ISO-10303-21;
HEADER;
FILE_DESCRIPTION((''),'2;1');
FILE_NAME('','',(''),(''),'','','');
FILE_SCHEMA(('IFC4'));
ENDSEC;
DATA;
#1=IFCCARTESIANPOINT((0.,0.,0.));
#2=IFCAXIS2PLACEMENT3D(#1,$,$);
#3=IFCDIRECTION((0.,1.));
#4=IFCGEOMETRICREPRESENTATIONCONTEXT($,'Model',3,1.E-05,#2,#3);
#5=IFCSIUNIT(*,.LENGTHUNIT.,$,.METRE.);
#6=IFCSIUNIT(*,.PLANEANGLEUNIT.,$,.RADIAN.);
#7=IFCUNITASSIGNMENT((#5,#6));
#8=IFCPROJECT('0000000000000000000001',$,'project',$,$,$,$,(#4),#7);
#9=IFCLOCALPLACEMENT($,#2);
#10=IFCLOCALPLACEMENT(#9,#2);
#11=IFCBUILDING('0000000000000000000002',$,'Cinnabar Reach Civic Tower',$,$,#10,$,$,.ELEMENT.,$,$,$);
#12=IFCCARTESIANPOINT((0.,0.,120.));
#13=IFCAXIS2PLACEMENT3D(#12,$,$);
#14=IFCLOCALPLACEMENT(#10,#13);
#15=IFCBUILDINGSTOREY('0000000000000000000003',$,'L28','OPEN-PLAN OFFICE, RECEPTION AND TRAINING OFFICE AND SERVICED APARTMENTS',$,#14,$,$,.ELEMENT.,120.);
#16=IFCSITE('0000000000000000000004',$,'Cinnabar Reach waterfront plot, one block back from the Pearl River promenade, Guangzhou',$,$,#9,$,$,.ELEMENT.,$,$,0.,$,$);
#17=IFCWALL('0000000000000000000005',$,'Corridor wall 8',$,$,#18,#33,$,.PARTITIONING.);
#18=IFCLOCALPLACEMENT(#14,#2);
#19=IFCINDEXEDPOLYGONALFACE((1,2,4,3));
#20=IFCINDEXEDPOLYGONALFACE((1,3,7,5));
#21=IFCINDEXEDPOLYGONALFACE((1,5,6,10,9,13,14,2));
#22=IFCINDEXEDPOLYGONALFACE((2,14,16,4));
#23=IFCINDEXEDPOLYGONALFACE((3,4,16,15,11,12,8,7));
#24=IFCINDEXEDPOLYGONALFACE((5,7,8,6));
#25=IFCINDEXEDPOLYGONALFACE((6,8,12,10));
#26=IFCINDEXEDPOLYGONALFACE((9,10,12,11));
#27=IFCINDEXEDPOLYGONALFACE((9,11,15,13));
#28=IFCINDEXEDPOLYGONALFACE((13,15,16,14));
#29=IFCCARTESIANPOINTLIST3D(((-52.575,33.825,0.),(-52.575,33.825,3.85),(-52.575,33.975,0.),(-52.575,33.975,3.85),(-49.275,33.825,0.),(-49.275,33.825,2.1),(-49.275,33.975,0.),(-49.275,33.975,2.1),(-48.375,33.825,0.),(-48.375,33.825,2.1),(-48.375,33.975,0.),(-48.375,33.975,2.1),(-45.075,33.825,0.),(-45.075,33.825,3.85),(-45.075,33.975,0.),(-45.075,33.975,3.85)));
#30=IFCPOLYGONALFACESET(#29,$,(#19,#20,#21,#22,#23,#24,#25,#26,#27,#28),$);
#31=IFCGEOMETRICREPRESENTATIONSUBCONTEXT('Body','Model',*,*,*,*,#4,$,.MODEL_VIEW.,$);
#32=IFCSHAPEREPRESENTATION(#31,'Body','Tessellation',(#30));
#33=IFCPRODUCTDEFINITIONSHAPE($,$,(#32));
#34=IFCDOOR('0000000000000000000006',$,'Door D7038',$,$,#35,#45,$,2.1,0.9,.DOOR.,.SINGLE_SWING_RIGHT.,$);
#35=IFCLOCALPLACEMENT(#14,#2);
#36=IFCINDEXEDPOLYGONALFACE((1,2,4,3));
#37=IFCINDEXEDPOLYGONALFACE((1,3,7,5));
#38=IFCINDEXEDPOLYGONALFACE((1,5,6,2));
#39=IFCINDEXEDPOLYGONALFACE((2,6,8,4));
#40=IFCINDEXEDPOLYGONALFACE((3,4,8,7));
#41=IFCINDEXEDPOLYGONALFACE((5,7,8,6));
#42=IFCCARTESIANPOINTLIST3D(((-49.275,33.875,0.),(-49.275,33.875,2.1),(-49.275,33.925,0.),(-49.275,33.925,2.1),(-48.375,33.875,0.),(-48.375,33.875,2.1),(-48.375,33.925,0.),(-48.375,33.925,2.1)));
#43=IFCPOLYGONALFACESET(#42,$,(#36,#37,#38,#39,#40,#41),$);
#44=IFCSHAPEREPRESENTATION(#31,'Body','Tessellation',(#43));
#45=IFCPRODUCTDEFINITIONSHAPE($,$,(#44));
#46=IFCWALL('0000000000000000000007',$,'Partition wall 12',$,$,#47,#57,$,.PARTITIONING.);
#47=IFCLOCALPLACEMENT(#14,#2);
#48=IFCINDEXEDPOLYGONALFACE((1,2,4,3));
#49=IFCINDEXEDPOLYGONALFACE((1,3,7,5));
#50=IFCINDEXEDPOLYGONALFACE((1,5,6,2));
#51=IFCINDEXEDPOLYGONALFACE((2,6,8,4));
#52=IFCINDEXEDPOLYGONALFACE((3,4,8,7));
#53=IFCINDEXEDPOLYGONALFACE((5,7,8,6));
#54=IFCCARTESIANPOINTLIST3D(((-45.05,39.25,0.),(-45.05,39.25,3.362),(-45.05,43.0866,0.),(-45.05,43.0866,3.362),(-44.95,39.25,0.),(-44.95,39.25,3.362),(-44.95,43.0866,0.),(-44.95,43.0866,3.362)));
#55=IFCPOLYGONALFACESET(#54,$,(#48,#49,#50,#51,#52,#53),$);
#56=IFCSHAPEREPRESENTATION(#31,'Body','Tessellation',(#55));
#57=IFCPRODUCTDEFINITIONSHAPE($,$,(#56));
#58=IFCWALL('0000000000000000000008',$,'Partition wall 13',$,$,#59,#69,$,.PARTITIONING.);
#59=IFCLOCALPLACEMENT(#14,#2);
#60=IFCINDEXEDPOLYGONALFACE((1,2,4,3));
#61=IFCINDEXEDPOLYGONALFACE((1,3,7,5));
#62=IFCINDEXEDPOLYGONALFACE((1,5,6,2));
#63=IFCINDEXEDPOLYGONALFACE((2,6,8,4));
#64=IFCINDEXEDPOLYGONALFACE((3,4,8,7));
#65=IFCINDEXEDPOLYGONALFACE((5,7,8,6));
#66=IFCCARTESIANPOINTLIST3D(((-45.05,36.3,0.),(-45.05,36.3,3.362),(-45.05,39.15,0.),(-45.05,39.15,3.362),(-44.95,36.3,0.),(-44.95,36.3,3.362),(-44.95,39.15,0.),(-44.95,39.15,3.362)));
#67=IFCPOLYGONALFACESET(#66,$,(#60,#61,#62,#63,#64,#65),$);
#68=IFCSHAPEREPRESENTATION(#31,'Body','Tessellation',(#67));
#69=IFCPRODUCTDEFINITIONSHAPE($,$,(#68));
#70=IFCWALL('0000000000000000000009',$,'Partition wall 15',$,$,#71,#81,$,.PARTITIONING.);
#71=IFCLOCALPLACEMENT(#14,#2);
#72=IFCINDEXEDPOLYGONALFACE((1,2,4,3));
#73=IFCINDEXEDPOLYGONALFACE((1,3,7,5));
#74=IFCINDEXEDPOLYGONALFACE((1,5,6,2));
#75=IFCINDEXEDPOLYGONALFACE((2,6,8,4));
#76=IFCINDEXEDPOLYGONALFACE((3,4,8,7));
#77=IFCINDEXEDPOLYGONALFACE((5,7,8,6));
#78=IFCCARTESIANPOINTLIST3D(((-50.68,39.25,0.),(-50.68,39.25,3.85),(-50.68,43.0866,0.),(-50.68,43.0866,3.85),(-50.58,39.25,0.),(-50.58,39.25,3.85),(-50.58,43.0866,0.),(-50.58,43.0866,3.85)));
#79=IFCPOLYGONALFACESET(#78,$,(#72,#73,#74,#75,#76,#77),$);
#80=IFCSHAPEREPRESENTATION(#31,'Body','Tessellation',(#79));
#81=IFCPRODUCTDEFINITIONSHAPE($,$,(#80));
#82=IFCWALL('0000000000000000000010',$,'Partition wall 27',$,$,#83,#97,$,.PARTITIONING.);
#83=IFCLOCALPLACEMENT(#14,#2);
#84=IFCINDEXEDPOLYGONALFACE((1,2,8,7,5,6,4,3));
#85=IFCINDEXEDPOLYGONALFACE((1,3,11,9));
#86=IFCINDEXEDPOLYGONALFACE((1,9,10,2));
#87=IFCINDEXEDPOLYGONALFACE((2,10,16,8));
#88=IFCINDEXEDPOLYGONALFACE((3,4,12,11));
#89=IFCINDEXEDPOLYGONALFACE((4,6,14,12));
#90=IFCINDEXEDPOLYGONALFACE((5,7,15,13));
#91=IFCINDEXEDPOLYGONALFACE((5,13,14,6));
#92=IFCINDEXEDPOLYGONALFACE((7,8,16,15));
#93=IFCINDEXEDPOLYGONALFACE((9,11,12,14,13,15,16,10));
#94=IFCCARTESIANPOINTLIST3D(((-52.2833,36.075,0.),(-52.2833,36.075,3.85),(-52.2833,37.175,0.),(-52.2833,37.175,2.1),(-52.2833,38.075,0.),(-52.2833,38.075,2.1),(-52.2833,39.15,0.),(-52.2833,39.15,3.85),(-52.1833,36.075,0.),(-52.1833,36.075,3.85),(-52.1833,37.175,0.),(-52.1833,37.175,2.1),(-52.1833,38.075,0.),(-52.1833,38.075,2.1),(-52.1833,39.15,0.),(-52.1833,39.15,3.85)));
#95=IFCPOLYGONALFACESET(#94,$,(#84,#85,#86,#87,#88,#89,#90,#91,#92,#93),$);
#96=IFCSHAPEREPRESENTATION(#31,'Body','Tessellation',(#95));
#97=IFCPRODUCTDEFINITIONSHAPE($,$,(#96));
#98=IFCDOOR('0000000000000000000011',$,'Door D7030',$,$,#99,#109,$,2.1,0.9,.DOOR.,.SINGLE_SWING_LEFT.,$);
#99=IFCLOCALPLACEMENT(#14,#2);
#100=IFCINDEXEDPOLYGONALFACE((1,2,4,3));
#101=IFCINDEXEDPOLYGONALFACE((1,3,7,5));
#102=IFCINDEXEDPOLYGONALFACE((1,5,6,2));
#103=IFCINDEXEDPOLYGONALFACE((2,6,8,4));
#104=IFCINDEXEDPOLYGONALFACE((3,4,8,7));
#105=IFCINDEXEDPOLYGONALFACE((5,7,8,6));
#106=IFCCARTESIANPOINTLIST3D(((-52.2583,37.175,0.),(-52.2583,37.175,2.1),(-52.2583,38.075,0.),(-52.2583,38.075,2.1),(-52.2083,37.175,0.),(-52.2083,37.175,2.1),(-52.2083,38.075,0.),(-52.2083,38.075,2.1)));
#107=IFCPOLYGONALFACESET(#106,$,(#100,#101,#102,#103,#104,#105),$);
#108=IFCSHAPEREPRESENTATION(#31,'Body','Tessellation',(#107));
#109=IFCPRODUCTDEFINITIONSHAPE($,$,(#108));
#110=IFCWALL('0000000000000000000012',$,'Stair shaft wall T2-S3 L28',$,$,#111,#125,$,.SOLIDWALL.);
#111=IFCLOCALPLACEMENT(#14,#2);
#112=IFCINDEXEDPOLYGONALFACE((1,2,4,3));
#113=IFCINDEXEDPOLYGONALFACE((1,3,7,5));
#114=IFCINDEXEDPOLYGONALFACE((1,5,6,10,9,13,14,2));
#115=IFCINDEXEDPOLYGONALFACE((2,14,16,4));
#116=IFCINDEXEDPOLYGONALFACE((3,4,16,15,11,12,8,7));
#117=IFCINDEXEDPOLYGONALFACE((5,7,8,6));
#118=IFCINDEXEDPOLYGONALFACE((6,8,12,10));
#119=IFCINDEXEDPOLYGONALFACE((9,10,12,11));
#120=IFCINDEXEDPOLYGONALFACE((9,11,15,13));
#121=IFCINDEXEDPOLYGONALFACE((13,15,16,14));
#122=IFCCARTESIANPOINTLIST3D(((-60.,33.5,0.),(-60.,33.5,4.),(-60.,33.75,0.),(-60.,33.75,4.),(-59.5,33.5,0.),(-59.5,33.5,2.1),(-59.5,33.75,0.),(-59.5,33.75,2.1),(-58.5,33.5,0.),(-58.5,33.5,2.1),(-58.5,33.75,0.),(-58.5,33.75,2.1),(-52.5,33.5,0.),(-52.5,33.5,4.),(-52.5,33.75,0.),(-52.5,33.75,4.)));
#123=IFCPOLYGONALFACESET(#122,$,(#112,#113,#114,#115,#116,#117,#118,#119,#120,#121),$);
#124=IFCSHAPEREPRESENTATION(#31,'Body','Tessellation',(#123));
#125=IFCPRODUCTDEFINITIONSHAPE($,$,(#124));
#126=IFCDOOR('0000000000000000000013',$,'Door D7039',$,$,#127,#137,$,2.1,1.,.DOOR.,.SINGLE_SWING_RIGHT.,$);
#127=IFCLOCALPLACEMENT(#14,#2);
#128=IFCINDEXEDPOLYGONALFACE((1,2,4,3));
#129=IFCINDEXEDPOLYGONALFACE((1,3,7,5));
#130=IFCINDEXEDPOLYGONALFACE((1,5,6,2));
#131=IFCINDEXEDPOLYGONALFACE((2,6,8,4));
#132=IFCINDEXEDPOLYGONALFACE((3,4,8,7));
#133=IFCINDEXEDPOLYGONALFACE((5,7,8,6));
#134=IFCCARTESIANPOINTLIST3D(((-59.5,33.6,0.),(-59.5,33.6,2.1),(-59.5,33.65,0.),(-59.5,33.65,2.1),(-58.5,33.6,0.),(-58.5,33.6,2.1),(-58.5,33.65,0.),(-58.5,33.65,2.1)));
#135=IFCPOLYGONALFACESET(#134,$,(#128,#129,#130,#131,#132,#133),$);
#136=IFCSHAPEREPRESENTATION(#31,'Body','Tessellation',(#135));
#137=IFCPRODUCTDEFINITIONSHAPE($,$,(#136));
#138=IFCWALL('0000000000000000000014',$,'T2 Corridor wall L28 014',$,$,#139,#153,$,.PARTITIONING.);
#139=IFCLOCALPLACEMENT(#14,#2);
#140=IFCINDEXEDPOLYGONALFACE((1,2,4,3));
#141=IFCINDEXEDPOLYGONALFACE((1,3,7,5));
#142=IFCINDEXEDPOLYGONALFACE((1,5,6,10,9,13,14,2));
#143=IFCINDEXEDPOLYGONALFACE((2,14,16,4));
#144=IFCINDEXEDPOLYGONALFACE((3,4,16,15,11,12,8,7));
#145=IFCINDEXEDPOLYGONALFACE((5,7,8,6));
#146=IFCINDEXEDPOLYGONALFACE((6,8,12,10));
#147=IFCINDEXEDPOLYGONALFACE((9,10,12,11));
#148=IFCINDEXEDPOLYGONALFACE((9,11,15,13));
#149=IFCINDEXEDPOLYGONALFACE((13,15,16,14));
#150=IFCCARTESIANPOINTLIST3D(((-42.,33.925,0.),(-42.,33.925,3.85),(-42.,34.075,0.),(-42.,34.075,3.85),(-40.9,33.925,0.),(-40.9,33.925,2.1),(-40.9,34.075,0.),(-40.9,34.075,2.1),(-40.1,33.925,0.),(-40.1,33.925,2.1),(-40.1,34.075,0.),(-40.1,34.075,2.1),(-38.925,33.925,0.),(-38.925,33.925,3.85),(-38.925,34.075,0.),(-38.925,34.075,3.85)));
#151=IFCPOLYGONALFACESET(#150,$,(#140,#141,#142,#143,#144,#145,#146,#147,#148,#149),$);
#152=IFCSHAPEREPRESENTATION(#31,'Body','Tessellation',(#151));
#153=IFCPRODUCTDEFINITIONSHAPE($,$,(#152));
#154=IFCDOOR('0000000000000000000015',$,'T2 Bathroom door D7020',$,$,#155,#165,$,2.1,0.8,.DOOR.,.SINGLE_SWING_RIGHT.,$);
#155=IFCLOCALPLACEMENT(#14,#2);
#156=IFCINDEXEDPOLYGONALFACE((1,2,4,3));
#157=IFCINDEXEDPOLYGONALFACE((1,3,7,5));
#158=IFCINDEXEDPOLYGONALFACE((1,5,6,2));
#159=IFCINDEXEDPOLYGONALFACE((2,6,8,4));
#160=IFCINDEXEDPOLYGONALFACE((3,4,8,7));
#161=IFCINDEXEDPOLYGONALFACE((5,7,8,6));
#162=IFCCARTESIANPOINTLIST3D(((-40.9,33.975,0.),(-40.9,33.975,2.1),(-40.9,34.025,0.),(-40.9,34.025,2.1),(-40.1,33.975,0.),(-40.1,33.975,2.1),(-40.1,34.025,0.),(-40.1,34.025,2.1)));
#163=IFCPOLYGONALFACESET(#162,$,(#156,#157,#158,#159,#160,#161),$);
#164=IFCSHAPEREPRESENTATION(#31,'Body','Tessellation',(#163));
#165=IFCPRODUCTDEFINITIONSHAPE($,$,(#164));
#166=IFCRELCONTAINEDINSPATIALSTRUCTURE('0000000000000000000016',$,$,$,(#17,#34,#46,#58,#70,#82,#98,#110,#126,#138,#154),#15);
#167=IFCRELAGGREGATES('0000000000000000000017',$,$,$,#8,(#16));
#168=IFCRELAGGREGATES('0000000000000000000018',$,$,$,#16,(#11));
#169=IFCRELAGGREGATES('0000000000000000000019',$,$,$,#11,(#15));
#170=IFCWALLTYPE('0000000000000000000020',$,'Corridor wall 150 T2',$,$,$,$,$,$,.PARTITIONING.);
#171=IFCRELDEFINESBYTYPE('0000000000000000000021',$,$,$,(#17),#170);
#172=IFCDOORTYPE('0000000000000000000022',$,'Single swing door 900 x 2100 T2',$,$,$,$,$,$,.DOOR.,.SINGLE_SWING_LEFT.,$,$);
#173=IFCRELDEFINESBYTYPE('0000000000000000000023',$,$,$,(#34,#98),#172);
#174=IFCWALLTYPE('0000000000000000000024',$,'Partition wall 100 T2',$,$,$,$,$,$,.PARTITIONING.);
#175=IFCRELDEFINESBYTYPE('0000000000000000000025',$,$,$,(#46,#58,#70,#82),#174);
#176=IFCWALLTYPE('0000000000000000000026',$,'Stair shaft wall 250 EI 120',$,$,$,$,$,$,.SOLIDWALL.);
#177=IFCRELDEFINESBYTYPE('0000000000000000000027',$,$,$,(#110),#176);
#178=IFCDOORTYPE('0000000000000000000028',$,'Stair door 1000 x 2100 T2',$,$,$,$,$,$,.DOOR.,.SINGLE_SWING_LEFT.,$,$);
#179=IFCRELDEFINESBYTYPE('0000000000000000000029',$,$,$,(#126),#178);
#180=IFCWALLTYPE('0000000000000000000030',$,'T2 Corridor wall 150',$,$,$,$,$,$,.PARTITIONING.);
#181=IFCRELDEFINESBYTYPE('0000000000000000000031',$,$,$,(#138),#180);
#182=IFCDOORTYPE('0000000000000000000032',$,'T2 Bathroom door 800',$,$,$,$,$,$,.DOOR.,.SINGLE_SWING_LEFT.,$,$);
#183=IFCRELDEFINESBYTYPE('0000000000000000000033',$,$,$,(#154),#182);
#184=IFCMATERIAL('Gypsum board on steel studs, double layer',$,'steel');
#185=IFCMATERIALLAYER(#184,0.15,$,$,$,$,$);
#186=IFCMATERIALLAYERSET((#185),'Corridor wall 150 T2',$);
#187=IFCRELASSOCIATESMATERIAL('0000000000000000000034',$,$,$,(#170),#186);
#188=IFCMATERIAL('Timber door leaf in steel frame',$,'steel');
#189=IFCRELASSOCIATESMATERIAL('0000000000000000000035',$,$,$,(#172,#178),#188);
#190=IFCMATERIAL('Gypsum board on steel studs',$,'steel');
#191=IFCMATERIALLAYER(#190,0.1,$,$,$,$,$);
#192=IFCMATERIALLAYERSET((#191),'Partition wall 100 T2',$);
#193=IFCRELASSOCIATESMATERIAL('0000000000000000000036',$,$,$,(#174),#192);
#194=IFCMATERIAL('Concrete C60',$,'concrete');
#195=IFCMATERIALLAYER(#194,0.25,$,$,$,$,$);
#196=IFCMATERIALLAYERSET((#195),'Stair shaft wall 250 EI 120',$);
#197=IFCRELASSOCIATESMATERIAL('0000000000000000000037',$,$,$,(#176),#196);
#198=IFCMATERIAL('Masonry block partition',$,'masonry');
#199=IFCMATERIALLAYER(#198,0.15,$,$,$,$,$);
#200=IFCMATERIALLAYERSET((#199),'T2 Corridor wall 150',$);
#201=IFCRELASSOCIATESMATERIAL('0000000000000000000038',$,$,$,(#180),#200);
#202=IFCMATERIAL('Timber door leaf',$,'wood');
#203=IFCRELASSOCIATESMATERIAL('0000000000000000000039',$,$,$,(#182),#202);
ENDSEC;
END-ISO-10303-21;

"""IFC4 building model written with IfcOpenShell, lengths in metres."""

from ifc_helpers import new_model, si_unit, direction, frame, frame_2d, origin, place, context, subcontext, project, spatial, rectangle, extrude, material, layer, layer_set, type_object, element, fill, save


model = new_model("IFC4")

# Units and contexts
model_context = context("Model", 3, precision=1e-05, world=origin(), true_north=direction((0.0, 1.0)))
body_context = subcontext(model_context, "Body", "Model", "MODEL_VIEW")
ifc_project = project(units=[si_unit("LENGTHUNIT", "METRE"), si_unit("PLANEANGLEUNIT", "RADIAN")], contexts=[model_context])

# Site, building, storey
site_placement = place(None, origin())
site = spatial("IfcSite", under=ifc_project, at=site_placement, Name="Cinnabar Reach waterfront plot, one block back from the Pearl River promenade, Guangzhou", CompositionType="ELEMENT", RefElevation=0.0)
building_placement = place(site_placement, origin())
building = spatial("IfcBuilding", under=site, at=building_placement, Name="Cinnabar Reach Civic Tower", CompositionType="ELEMENT")
storey_placement = place(building_placement, frame((0.0, 0.0, 120.0)))
storey = spatial("IfcBuildingStorey", under=building, at=storey_placement, Name="L28", Description="OPEN-PLAN OFFICE, RECEPTION AND TRAINING OFFICE AND SERVICED APARTMENTS", CompositionType="ELEMENT", Elevation=120.0)

# Shared definitions
ifc_material_1 = material(Name="Concrete C60", Category="concrete")

# Wall, opening, door
ifc_material_2 = material(Name="Gypsum board on steel studs, double layer", Category="steel")
ifc_layer_1 = layer(ifc_material_2, 0.15)
ifc_layer_set_1 = layer_set([ifc_layer_1], Name="Corridor wall 150 T2")
wall_type_1 = type_object("IfcWallType", Name="Corridor wall 150 T2", PredefinedType="PARTITIONING", material=ifc_layer_set_1)
ifc_material_3 = material(Name="Timber door leaf in steel frame", Category="steel")
door_type_1 = type_object("IfcDoorType", Name="Single swing door 900 x 2100 T2", OperationType="SINGLE_SWING_LEFT", PredefinedType="DOOR", material=ifc_material_3)
wall_1_placement = place(storey_placement, frame((-52.575, 33.9, 0.0), z_axis=(0.0, 0.0, 1.0), x_axis=(1.0, 0.0, 0.0)))
wall_1 = element("IfcWall", 1, at=wall_1_placement, inside=storey, type_object=wall_type_1, Name="Corridor wall 8", PredefinedType="PARTITIONING", context=body_context, shape_type="SweptSolid", body=[
    extrude(rectangle(XDim=7.5, YDim=0.15, at=frame_2d((3.75, 0.0))), origin(), (0.0, 0.0, 1.0), 3.85),
])
opening_1_placement = place(wall_1_placement, frame((3.3, 0.0, 0.0)))
opening_1 = element("IfcOpeningElement", 2, at=opening_1_placement, cuts=wall_1, PredefinedType="OPENING", context=body_context, shape_type="SweptSolid", body=[
    extrude(rectangle(XDim=0.9, YDim=2.1, at=frame_2d((0.45, 1.05))), frame((0.0, 0.085, 0.0), z_axis=(0.0, -1.0, 0.0), x_axis=(1.0, 0.0, 0.0)), (0.0, 0.0, 1.0), 0.17),
])
door_1_placement = place(opening_1_placement, frame((0.9, 0.0, 0.0), z_axis=(0.0, 0.0, 1.0), x_axis=(-1.0, 0.0, 0.0)))
door_1 = element("IfcDoor", 3, at=door_1_placement, inside=storey, type_object=door_type_1, Name="Door D7038", OperationType="SINGLE_SWING_RIGHT", OverallHeight=2.1, OverallWidth=0.9, PredefinedType="DOOR", context=body_context, shape_type="SweptSolid", body=[
    extrude(rectangle(XDim=0.9, YDim=2.1, at=frame_2d((0.45, 1.05))), frame((0.0, 0.025, 0.0), z_axis=(0.0, -1.0, 0.0), x_axis=(1.0, 0.0, 0.0)), (0.0, 0.0, 1.0), 0.05),
])
fill(opening_1, door_1)

# Walls
ifc_material_4 = material(Name="Gypsum board on steel studs", Category="steel")
ifc_layer_2 = layer(ifc_material_4, 0.1)
ifc_layer_set_2 = layer_set([ifc_layer_2], Name="Partition wall 100 T2")
wall_type_2 = type_object("IfcWallType", Name="Partition wall 100 T2", PredefinedType="PARTITIONING", material=ifc_layer_set_2)
wall_2_placement = place(storey_placement, frame((-45.0, 39.25, 0.0), z_axis=(0.0, 0.0, 1.0), x_axis=(0.0, 1.0, 0.0)))
element("IfcWall", 4, at=wall_2_placement, inside=storey, type_object=wall_type_2, Name="Partition wall 12", PredefinedType="PARTITIONING", context=body_context, shape_type="SweptSolid", body=[
    extrude(rectangle(XDim=3.8365, YDim=0.1, at=frame_2d((1.9183, 0.0))), origin(), (0.0, 0.0, 1.0), 3.362),
])
wall_3_placement = place(storey_placement, frame((-45.0, 36.3, 0.0), z_axis=(0.0, 0.0, 1.0), x_axis=(0.0, 1.0, 0.0)))
element("IfcWall", 5, at=wall_3_placement, inside=storey, type_object=wall_type_2, Name="Partition wall 13", PredefinedType="PARTITIONING", context=body_context, shape_type="SweptSolid", body=[
    extrude(rectangle(XDim=2.85, YDim=0.1, at=frame_2d((1.425, 0.0))), origin(), (0.0, 0.0, 1.0), 3.362),
])
wall_4_placement = place(storey_placement, frame((-50.63, 39.25, 0.0), z_axis=(0.0, 0.0, 1.0), x_axis=(0.0, 1.0, 0.0)))
element("IfcWall", 6, at=wall_4_placement, inside=storey, type_object=wall_type_2, Name="Partition wall 15", PredefinedType="PARTITIONING", context=body_context, shape_type="SweptSolid", body=[
    extrude(rectangle(XDim=3.8365, YDim=0.1, at=frame_2d((1.9183, 0.0))), origin(), (0.0, 0.0, 1.0), 3.85),
])

# Walls, openings, doors
wall_5_placement = place(storey_placement, frame((-52.2333, 36.075, 0.0), z_axis=(0.0, 0.0, 1.0), x_axis=(0.0, 1.0, 0.0)))
wall_5 = element("IfcWall", 7, at=wall_5_placement, inside=storey, type_object=wall_type_2, Name="Partition wall 27", PredefinedType="PARTITIONING", context=body_context, shape_type="SweptSolid", body=[
    extrude(rectangle(XDim=3.075, YDim=0.1, at=frame_2d((1.5375, 0.0))), origin(), (0.0, 0.0, 1.0), 3.85),
])
opening_2_placement = place(wall_5_placement, frame((1.1, 0.0, 0.0)))
opening_2 = element("IfcOpeningElement", 8, at=opening_2_placement, cuts=wall_5, PredefinedType="OPENING", context=body_context, shape_type="SweptSolid", body=[
    extrude(rectangle(XDim=0.9, YDim=2.1, at=frame_2d((0.45, 1.05))), frame((0.0, 0.06, 0.0), z_axis=(0.0, -1.0, 0.0), x_axis=(1.0, 0.0, 0.0)), (0.0, 0.0, 1.0), 0.12),
])
door_2_placement = place(opening_2_placement, origin())
door_2 = element("IfcDoor", 9, at=door_2_placement, inside=storey, type_object=door_type_1, Name="Door D7030", OperationType="SINGLE_SWING_LEFT", OverallHeight=2.1, OverallWidth=0.9, PredefinedType="DOOR", context=body_context, shape_type="SweptSolid", body=[
    extrude(rectangle(XDim=0.9, YDim=2.1, at=frame_2d((0.45, 1.05))), frame((0.0, 0.025, 0.0), z_axis=(0.0, -1.0, 0.0), x_axis=(1.0, 0.0, 0.0)), (0.0, 0.0, 1.0), 0.05),
])
fill(opening_2, door_2)
ifc_layer_3 = layer(ifc_material_1, 0.25)
ifc_layer_set_3 = layer_set([ifc_layer_3], Name="Stair shaft wall 250 EI 120")
wall_type_3 = type_object("IfcWallType", Name="Stair shaft wall 250 EI 120", PredefinedType="SOLIDWALL", material=ifc_layer_set_3)
wall_6_placement = place(storey_placement, frame((-52.5, 33.625, 0.0), z_axis=(0.0, 0.0, 1.0), x_axis=(-1.0, 0.0, 0.0)))
wall_6 = element("IfcWall", 10, at=wall_6_placement, inside=storey, type_object=wall_type_3, Name="Stair shaft wall T2-S3 L28", PredefinedType="SOLIDWALL", context=body_context, shape_type="SweptSolid", body=[
    extrude(rectangle(XDim=7.5, YDim=0.25, at=frame_2d((3.75, 0.0))), origin(), (0.0, 0.0, 1.0), 4.0),
])
opening_3_placement = place(wall_6_placement, frame((6.0, 0.0, 0.0)))
opening_3 = element("IfcOpeningElement", 11, at=opening_3_placement, cuts=wall_6, PredefinedType="OPENING", context=body_context, shape_type="SweptSolid", body=[
    extrude(rectangle(XDim=1.0, YDim=2.1, at=frame_2d((0.5, 1.05))), frame((0.0, 0.135, 0.0), z_axis=(0.0, -1.0, 0.0), x_axis=(1.0, 0.0, 0.0)), (0.0, 0.0, 1.0), 0.27),
])
door_type_2 = type_object("IfcDoorType", Name="Stair door 1000 x 2100 T2", OperationType="SINGLE_SWING_LEFT", PredefinedType="DOOR", material=ifc_material_3)
door_3_placement = place(opening_3_placement, origin())
door_3 = element("IfcDoor", 12, at=door_3_placement, inside=storey, type_object=door_type_2, Name="Door D7039", OperationType="SINGLE_SWING_RIGHT", OverallHeight=2.1, OverallWidth=1.0, PredefinedType="DOOR", context=body_context, shape_type="SweptSolid", body=[
    extrude(rectangle(XDim=1.0, YDim=2.1, at=frame_2d((0.5, 1.05))), frame((0.0, 0.025, 0.0), z_axis=(0.0, -1.0, 0.0), x_axis=(1.0, 0.0, 0.0)), (0.0, 0.0, 1.0), 0.05),
])
fill(opening_3, door_3)
ifc_material_5 = material(Name="Masonry block partition", Category="masonry")
ifc_layer_4 = layer(ifc_material_5, 0.15)
ifc_layer_set_4 = layer_set([ifc_layer_4], Name="T2 Corridor wall 150")
wall_type_4 = type_object("IfcWallType", Name="T2 Corridor wall 150", PredefinedType="PARTITIONING", material=ifc_layer_set_4)
wall_7_placement = place(storey_placement, frame((-38.925, 34.0, 0.0), z_axis=(0.0, 0.0, 1.0), x_axis=(-1.0, 0.0, 0.0)))
wall_7 = element("IfcWall", 13, at=wall_7_placement, inside=storey, type_object=wall_type_4, Name="T2 Corridor wall L28 014", PredefinedType="PARTITIONING", context=body_context, shape_type="SweptSolid", body=[
    extrude(rectangle(XDim=3.075, YDim=0.15, at=frame_2d((1.5375, 0.0))), origin(), (0.0, 0.0, 1.0), 3.85),
])
opening_4_placement = place(wall_7_placement, frame((1.175, 0.0, 0.0)))
opening_4 = element("IfcOpeningElement", 14, at=opening_4_placement, cuts=wall_7, PredefinedType="OPENING", context=body_context, shape_type="SweptSolid", body=[
    extrude(rectangle(XDim=0.8, YDim=2.1, at=frame_2d((0.4, 1.05))), frame((0.0, 0.085, 0.0), z_axis=(0.0, -1.0, 0.0), x_axis=(1.0, 0.0, 0.0)), (0.0, 0.0, 1.0), 0.17),
])
ifc_material_6 = material(Name="Timber door leaf", Category="wood")
door_type_3 = type_object("IfcDoorType", Name="T2 Bathroom door 800", OperationType="SINGLE_SWING_LEFT", PredefinedType="DOOR", material=ifc_material_6)
door_4_placement = place(opening_4_placement, frame((0.8, 0.0, 0.0), z_axis=(0.0, 0.0, 1.0), x_axis=(-1.0, 0.0, 0.0)))
door_4 = element("IfcDoor", 15, at=door_4_placement, inside=storey, type_object=door_type_3, Name="T2 Bathroom door D7020", OperationType="SINGLE_SWING_RIGHT", OverallHeight=2.1, OverallWidth=0.8, PredefinedType="DOOR", context=body_context, shape_type="SweptSolid", body=[
    extrude(rectangle(XDim=0.8, YDim=2.1, at=frame_2d((0.4, 1.05))), frame((0.0, 0.025, 0.0), z_axis=(0.0, -1.0, 0.0), x_axis=(1.0, 0.0, 0.0)), (0.0, 0.0, 1.0), 0.05),
])
fill(opening_4, door_4)

save(model, "model.ifc")
